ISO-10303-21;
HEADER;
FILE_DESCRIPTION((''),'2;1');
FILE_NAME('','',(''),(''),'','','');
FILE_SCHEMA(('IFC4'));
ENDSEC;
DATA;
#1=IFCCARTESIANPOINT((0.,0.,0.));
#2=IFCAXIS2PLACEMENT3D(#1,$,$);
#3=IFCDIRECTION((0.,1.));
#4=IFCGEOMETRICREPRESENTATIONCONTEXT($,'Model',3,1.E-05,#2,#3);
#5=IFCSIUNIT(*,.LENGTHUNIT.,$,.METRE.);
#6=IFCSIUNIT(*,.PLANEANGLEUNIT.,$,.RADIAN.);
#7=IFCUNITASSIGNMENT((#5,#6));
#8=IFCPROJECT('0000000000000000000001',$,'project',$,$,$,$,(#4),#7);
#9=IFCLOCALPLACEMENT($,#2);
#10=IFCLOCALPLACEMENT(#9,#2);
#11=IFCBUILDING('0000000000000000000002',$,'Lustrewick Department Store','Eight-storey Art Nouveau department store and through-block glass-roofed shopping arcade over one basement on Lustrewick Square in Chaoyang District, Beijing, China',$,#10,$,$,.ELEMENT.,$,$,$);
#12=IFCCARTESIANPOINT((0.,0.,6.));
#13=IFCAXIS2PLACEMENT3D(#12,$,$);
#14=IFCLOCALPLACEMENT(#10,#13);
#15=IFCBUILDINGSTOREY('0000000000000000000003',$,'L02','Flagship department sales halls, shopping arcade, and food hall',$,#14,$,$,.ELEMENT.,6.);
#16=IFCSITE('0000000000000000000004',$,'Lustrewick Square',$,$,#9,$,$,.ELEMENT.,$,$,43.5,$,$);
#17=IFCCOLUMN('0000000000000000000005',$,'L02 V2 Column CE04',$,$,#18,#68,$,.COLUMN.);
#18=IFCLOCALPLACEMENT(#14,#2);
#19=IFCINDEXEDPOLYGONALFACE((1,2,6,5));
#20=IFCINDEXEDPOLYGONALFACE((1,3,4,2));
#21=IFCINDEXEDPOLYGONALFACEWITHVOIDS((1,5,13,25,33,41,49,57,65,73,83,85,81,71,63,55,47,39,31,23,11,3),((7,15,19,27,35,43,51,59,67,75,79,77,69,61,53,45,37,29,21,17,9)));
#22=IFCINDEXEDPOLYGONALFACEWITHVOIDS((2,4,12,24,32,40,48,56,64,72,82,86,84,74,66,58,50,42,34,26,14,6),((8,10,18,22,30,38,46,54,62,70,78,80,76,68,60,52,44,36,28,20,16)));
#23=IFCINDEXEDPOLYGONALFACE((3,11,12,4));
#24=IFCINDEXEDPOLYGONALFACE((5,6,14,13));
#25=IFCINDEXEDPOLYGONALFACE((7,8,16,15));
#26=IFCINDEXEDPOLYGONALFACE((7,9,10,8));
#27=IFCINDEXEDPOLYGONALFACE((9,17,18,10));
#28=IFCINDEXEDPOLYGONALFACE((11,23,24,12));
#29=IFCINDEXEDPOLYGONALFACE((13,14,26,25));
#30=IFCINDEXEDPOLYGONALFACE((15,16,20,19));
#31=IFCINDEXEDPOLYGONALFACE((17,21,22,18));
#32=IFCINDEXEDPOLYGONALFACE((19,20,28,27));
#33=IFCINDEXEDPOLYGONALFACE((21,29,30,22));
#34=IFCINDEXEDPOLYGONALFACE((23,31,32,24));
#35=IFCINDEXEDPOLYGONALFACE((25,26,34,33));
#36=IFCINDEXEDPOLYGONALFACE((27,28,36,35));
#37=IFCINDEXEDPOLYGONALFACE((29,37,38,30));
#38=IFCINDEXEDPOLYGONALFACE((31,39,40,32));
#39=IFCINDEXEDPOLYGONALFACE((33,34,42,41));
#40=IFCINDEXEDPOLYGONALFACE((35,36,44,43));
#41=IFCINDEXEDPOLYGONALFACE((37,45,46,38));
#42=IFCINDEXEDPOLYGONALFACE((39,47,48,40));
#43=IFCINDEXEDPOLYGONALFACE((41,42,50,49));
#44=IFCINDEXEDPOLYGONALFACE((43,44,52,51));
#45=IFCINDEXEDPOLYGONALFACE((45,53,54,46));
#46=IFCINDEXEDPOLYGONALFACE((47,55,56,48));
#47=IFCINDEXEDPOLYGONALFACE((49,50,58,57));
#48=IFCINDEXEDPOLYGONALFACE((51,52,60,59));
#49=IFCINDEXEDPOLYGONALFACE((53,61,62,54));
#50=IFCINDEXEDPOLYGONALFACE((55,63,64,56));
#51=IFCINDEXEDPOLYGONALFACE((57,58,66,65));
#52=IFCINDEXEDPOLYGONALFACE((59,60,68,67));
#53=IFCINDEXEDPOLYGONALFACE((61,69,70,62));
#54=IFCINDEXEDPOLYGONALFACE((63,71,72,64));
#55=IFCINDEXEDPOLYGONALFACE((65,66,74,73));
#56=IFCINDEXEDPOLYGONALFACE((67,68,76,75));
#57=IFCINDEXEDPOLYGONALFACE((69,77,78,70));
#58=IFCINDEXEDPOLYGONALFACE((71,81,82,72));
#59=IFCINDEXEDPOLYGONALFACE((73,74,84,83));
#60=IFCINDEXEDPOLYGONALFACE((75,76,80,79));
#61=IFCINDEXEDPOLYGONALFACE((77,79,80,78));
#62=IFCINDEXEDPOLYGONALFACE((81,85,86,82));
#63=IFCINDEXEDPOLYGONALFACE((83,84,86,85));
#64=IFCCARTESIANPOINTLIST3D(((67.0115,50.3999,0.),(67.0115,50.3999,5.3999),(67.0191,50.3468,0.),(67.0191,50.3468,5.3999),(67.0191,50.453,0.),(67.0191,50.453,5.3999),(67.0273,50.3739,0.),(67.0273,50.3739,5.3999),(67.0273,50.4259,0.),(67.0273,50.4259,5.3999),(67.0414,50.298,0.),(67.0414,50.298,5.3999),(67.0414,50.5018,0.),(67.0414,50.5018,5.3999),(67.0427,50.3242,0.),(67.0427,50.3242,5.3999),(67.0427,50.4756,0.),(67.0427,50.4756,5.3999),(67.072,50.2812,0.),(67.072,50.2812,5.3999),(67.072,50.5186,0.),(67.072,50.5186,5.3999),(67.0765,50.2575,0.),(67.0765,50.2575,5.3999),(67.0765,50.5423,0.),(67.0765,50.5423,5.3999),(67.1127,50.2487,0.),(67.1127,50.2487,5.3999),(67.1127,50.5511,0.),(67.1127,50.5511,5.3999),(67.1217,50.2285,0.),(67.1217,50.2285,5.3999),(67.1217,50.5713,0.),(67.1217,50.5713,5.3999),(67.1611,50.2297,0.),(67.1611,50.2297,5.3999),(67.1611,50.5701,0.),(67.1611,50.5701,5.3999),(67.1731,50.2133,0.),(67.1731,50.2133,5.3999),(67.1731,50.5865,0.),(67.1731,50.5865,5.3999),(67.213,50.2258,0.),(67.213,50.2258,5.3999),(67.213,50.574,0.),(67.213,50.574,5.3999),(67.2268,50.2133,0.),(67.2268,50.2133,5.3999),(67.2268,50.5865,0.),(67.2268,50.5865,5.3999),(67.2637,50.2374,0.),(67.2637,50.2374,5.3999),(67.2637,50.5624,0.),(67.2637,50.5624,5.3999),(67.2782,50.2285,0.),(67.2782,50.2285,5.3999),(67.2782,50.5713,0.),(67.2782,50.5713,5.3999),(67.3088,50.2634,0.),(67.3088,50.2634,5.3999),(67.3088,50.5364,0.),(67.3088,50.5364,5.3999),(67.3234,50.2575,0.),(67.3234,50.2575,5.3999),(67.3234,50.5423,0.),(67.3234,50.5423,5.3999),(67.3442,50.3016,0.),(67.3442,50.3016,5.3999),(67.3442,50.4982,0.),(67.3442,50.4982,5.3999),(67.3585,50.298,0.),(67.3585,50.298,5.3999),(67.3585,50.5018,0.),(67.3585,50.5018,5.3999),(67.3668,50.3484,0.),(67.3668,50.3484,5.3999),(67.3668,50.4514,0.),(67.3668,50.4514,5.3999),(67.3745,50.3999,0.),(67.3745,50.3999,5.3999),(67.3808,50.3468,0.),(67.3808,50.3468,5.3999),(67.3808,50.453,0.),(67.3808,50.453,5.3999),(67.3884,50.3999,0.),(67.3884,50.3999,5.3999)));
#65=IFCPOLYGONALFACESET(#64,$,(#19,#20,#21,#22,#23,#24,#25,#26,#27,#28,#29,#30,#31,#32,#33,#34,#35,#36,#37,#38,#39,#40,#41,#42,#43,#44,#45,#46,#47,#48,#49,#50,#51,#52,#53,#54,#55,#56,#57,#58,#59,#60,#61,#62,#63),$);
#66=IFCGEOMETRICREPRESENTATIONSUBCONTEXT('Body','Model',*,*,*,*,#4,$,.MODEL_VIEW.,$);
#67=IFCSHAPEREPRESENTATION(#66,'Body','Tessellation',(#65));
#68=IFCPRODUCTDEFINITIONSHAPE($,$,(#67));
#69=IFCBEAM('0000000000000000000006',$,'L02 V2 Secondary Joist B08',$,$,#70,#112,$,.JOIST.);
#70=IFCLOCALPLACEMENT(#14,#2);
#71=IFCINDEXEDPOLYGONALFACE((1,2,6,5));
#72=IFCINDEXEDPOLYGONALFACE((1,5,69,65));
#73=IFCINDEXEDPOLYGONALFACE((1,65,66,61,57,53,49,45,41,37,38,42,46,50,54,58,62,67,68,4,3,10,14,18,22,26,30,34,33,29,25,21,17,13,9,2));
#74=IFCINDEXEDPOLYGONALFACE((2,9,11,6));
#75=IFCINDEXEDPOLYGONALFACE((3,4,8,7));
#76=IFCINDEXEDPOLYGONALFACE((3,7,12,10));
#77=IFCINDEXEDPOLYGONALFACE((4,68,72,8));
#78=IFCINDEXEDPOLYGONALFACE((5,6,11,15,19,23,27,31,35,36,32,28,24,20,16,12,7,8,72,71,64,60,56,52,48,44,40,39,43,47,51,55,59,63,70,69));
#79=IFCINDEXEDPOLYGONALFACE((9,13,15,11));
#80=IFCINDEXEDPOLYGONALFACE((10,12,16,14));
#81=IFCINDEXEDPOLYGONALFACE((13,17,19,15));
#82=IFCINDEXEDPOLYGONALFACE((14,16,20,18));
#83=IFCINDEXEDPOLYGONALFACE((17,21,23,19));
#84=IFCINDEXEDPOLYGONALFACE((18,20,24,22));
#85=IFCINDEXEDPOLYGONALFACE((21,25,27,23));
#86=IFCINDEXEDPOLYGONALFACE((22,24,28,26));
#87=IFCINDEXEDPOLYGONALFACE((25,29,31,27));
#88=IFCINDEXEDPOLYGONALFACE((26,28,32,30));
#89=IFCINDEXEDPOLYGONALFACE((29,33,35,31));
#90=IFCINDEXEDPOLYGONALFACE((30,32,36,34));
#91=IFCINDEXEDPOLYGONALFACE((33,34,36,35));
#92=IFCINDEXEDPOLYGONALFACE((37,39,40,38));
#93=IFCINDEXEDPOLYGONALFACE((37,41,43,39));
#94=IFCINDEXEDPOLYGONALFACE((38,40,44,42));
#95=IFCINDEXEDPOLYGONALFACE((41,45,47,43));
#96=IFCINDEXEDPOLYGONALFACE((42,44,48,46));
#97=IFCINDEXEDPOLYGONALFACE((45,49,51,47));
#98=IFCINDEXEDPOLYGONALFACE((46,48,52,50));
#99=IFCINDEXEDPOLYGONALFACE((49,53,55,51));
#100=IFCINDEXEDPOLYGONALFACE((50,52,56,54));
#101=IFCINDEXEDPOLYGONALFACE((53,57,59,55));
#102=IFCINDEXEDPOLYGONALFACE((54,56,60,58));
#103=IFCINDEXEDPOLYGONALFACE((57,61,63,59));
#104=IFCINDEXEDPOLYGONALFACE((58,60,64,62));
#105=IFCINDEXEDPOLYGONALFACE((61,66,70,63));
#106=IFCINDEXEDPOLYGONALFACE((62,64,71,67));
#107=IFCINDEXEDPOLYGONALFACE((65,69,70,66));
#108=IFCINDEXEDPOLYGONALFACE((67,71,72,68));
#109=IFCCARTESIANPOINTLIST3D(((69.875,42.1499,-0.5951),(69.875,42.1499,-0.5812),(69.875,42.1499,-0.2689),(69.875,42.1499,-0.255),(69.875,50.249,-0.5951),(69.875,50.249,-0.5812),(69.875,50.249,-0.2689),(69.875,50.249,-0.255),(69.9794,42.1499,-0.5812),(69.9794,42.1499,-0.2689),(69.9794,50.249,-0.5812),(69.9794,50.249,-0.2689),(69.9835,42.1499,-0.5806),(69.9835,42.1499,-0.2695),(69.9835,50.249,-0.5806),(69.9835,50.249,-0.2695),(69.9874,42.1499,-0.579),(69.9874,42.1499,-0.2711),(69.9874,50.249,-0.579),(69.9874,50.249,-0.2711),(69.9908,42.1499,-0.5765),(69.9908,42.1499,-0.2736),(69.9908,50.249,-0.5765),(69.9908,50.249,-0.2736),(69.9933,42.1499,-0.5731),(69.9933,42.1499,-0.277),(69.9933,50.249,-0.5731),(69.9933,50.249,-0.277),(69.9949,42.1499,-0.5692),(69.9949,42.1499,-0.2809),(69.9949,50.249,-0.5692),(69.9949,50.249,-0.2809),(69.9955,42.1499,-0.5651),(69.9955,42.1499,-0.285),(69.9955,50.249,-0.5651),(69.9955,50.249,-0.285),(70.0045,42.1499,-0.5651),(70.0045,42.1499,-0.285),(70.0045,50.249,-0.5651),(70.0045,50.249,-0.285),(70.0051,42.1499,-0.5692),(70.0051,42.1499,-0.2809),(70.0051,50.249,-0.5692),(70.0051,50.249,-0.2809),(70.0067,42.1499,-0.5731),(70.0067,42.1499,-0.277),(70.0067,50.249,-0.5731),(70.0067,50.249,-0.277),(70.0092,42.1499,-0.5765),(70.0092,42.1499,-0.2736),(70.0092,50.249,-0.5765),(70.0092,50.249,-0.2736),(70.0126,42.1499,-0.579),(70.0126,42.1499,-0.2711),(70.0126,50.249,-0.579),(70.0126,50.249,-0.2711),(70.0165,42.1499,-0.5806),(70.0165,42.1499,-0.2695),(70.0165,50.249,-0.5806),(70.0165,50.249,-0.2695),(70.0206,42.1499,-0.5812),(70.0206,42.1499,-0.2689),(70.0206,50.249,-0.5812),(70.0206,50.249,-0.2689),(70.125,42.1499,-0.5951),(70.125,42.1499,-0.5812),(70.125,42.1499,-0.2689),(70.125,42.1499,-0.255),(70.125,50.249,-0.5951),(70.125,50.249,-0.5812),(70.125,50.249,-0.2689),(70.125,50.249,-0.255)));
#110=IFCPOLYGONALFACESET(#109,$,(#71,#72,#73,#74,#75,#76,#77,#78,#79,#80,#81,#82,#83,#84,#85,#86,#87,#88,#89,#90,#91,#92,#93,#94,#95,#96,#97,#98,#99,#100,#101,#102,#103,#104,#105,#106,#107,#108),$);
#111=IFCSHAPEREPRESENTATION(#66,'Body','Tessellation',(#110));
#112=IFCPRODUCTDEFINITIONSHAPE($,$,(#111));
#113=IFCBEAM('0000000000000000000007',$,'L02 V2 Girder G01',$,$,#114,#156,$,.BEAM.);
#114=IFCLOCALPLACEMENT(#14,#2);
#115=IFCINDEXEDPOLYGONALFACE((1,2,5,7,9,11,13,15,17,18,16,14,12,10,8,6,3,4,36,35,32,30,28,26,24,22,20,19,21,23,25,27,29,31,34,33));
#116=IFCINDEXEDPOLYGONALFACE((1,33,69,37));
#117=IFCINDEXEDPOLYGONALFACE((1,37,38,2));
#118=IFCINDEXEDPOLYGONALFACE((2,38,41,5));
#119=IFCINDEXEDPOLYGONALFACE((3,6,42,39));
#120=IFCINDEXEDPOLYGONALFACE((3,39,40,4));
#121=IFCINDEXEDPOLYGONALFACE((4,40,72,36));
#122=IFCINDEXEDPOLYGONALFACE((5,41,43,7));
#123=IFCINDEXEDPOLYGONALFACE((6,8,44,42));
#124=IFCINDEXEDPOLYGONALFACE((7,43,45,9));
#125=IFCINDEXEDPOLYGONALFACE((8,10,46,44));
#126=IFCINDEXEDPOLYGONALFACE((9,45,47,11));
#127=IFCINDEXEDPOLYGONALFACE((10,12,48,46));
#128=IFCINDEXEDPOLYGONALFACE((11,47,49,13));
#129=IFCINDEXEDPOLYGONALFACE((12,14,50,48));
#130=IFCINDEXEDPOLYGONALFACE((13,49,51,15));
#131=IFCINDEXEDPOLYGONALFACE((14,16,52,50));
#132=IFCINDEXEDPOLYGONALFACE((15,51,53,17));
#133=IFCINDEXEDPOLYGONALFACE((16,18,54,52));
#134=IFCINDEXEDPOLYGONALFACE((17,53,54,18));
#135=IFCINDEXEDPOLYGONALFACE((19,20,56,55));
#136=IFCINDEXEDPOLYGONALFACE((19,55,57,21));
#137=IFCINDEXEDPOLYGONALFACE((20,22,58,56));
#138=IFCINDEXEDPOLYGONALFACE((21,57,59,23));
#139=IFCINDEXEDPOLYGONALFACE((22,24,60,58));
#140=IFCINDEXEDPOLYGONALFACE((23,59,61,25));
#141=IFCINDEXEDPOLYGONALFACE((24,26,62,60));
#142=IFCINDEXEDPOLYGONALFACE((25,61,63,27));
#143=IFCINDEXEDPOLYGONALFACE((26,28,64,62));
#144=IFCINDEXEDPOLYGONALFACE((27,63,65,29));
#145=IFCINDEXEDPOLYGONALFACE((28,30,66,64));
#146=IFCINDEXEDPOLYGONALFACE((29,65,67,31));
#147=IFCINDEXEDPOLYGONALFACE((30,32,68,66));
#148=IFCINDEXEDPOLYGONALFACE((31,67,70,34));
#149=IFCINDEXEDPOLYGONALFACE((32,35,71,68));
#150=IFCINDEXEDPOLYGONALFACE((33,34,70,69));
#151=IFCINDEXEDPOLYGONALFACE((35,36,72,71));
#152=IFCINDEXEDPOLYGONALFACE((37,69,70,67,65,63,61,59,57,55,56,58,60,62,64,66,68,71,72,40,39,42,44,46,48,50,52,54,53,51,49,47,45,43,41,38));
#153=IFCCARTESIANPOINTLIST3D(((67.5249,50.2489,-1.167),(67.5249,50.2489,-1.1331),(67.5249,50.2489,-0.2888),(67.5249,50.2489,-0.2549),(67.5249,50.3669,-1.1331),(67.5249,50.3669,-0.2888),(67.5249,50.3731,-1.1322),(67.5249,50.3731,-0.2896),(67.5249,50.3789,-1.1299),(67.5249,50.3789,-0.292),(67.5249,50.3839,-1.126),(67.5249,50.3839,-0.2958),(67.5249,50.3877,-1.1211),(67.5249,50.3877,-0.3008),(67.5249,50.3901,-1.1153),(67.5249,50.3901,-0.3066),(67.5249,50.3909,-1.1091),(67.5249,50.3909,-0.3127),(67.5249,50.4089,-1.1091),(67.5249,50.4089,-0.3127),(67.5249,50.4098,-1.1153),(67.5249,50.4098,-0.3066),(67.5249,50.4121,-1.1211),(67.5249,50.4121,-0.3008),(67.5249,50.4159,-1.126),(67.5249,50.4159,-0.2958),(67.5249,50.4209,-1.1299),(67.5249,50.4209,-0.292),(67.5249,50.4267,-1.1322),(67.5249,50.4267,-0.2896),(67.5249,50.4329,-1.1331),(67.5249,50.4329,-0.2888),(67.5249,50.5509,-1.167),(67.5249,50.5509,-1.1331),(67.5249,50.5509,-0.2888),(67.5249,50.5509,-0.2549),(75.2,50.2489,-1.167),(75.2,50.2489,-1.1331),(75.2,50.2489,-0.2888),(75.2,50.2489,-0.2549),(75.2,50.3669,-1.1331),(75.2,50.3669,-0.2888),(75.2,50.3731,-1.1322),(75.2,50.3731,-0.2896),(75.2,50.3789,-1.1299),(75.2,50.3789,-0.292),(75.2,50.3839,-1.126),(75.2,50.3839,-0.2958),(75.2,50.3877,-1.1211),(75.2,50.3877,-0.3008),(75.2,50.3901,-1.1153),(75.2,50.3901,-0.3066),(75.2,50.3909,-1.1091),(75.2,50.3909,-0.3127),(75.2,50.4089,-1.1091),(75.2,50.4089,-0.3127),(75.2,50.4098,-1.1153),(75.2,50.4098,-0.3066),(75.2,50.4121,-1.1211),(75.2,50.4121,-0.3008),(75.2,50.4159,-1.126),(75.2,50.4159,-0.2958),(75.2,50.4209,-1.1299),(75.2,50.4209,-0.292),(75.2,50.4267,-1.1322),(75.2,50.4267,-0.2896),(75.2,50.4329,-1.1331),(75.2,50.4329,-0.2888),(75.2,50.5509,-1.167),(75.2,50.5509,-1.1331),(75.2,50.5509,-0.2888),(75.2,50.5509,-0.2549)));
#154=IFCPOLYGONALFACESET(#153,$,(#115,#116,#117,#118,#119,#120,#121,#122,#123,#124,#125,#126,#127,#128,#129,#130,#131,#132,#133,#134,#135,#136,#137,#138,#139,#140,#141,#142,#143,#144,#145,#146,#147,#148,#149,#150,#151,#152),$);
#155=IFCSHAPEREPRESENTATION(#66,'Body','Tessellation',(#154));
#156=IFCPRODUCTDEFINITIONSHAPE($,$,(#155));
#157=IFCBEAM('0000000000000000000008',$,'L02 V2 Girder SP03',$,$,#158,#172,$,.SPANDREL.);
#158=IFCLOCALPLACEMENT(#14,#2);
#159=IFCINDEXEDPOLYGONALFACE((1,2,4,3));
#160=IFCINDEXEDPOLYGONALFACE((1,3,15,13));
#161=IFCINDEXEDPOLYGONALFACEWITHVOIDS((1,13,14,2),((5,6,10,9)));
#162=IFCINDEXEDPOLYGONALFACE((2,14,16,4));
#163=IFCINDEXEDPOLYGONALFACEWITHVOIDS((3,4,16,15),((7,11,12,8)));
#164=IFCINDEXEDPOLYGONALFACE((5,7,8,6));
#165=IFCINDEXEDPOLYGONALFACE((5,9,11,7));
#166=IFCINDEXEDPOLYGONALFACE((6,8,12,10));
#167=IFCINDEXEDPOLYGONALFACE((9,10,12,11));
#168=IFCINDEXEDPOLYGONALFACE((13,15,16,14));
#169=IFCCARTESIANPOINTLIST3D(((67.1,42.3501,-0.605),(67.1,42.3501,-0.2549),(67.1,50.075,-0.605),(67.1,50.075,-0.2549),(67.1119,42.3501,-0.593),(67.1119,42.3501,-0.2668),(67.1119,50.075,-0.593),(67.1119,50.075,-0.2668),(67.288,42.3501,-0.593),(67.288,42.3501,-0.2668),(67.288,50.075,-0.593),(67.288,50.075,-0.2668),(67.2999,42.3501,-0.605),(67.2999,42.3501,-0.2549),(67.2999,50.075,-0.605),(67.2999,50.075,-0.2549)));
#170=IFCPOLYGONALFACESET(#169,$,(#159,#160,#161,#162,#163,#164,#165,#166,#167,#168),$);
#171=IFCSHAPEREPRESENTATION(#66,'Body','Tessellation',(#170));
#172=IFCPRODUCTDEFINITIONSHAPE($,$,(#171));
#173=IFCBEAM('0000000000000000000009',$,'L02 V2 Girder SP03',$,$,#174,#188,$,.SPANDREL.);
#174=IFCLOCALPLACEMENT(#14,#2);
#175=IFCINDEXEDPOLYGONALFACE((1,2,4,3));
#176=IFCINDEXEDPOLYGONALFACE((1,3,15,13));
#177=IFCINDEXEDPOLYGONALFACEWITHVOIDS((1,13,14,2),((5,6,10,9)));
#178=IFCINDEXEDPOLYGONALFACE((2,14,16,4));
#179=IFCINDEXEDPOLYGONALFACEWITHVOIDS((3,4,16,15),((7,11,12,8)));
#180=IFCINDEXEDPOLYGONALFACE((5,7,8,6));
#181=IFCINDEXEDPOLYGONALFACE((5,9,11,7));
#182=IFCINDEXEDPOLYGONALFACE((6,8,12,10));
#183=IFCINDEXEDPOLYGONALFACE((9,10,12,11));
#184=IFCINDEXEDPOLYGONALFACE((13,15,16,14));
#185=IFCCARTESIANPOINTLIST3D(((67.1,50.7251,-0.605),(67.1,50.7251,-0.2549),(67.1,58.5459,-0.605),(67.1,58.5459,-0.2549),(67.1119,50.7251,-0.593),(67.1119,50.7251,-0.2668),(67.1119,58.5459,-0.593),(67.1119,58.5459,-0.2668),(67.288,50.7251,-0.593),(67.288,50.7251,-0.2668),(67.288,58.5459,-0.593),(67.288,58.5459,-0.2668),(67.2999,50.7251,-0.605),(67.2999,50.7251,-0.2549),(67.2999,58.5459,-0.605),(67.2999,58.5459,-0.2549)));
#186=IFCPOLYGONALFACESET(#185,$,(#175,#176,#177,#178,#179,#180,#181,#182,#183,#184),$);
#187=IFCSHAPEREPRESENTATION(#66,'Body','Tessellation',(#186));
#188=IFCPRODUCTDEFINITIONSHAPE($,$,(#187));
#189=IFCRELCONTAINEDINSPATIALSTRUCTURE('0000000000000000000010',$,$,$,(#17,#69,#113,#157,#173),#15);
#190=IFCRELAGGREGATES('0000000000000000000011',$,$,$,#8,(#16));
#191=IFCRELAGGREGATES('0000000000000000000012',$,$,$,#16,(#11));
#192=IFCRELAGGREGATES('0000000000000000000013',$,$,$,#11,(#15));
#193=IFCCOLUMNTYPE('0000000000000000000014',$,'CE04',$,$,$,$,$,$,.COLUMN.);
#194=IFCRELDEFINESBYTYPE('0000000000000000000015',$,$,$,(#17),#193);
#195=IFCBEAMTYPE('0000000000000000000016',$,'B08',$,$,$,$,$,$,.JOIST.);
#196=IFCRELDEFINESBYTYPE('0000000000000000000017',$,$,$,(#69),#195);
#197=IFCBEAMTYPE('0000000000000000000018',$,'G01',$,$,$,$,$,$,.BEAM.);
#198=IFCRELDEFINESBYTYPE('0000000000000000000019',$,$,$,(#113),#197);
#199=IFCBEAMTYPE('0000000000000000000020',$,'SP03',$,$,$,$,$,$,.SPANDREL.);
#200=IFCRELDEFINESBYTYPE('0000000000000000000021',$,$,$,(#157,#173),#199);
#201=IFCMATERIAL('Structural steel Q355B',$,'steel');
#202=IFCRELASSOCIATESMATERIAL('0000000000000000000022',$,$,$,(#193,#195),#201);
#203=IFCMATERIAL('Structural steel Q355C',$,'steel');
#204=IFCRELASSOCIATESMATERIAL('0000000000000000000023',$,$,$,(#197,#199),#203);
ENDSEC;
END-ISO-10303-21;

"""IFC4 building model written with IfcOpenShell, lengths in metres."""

from ifc_helpers import new_model, si_unit, direction, frame, origin, origin_2d, place, context, subcontext, project, spatial, hollow_rectangle, hollow_circle, i_section, extrude, material, material_profile, profile_set, type_object, element, save


model = new_model("IFC4")

# Units and contexts
model_context = context("Model", 3, precision=1e-05, world=origin(), true_north=direction((0.0, 1.0)))
body_context = subcontext(model_context, "Body", "Model", "MODEL_VIEW")
ifc_project = project(units=[si_unit("LENGTHUNIT", "METRE"), si_unit("PLANEANGLEUNIT", "RADIAN")], contexts=[model_context])

# Site, building, storey
site_placement = place(None, origin())
site = spatial("IfcSite", under=ifc_project, at=site_placement, Name="Lustrewick Square", CompositionType="ELEMENT", RefElevation=43.5)
building_placement = place(site_placement, origin())
building = spatial("IfcBuilding", under=site, at=building_placement, Name="Lustrewick Department Store", Description="Eight-storey Art Nouveau department store and through-block glass-roofed shopping arcade over one basement on Lustrewick Square in Chaoyang District, Beijing, China", CompositionType="ELEMENT")
storey_placement = place(building_placement, frame((0.0, 0.0, 6.0)))
storey = spatial("IfcBuildingStorey", under=building, at=storey_placement, Name="L02", Description="Flagship department sales halls, shopping arcade, and food hall", CompositionType="ELEMENT", Elevation=6.0)

# Column
ifc_material_1 = material(Name="Structural steel Q355B", Category="steel")
ifc_material_profile_1 = material_profile(ifc_material_1, hollow_circle(Radius=0.1885, WallThickness=0.0139, at=origin_2d()), Name="CHS 377x14")
ifc_profile_set_1 = profile_set([ifc_material_profile_1], Name="Structural steel Q355B")
column_type = type_object("IfcColumnType", Name="CE04", PredefinedType="COLUMN", material=ifc_profile_set_1)
column_placement = place(storey_placement, frame((67.2, 50.3999, 0.0), z_axis=(0.0, 0.0, 1.0), x_axis=(1.0, 0.0, 0.0)))
element("IfcColumn", 1, at=column_placement, inside=storey, type_object=column_type, Name="L02 V2 Column CE04", PredefinedType="COLUMN", context=body_context, shape_type="SweptSolid", body=[
    extrude(hollow_circle(Radius=0.1885, WallThickness=0.0139, at=origin_2d()), origin(), (0.0, 0.0, 1.0), 5.3999),
])

# Beams
ifc_material_profile_2 = material_profile(ifc_material_1, i_section(OverallWidth=0.25, OverallDepth=0.3401, WebThickness=0.009, FlangeThickness=0.0139, FilletRadius=0.0161, at=origin_2d()), Name="HM 340x250x9x14")
ifc_profile_set_2 = profile_set([ifc_material_profile_2], Name="Structural steel Q355B")
beam_type_1 = type_object("IfcBeamType", Name="B08", PredefinedType="JOIST", material=ifc_profile_set_2)
beam_1_placement = place(storey_placement, frame((70.0, 42.1499, -0.425), z_axis=(0.0, 1.0, 0.0), x_axis=(-1.0, 0.0, 0.0)))
element("IfcBeam", 2, at=beam_1_placement, inside=storey, type_object=beam_type_1, Name="L02 V2 Secondary Joist B08", PredefinedType="JOIST", context=body_context, shape_type="SweptSolid", body=[
    extrude(i_section(OverallWidth=0.25, OverallDepth=0.3401, WebThickness=0.009, FlangeThickness=0.0139, FilletRadius=0.0161, at=origin_2d()), origin(), (0.0, 0.0, 1.0), 8.0991),
])
ifc_material_2 = material(Name="Structural steel Q355C", Category="steel")
ifc_material_profile_3 = material_profile(ifc_material_2, i_section(OverallWidth=0.302, OverallDepth=0.9121, WebThickness=0.0181, FlangeThickness=0.0339, FilletRadius=0.0239, at=origin_2d()), Name="HN 912x302x18x34")
ifc_profile_set_3 = profile_set([ifc_material_profile_3], Name="Structural steel Q355C")
beam_type_2 = type_object("IfcBeamType", Name="G01", PredefinedType="BEAM", material=ifc_profile_set_3)
beam_2_placement = place(storey_placement, frame((67.5249, 50.3999, -0.7109), z_axis=(1.0, 0.0, 0.0), x_axis=(0.0, 1.0, 0.0)))
element("IfcBeam", 3, at=beam_2_placement, inside=storey, type_object=beam_type_2, Name="L02 V2 Girder G01", PredefinedType="BEAM", context=body_context, shape_type="SweptSolid", body=[
    extrude(i_section(OverallWidth=0.302, OverallDepth=0.9121, WebThickness=0.0181, FlangeThickness=0.0339, FilletRadius=0.0239, at=origin_2d()), origin(), (0.0, 0.0, 1.0), 7.675),
])
ifc_material_profile_4 = material_profile(ifc_material_2, hollow_rectangle(XDim=0.2, YDim=0.3501, WallThickness=0.012, at=origin_2d()), Name="RHS 350x200x12")
ifc_profile_set_4 = profile_set([ifc_material_profile_4], Name="Structural steel Q355C")
beam_type_3 = type_object("IfcBeamType", Name="SP03", PredefinedType="SPANDREL", material=ifc_profile_set_4)
beam_3_placement = place(storey_placement, frame((67.2, 42.3501, -0.4299), z_axis=(0.0, 1.0, 0.0), x_axis=(-1.0, 0.0, 0.0)))
element("IfcBeam", 4, at=beam_3_placement, inside=storey, type_object=beam_type_3, Name="L02 V2 Girder SP03", PredefinedType="SPANDREL", context=body_context, shape_type="SweptSolid", body=[
    extrude(hollow_rectangle(XDim=0.2, YDim=0.3501, WallThickness=0.012, at=origin_2d()), origin(), (0.0, 0.0, 1.0), 7.7249),
])
beam_4_placement = place(storey_placement, frame((67.2, 50.7251, -0.4299), z_axis=(0.0, 1.0, 0.0), x_axis=(-1.0, 0.0, 0.0)))
element("IfcBeam", 5, at=beam_4_placement, inside=storey, type_object=beam_type_3, Name="L02 V2 Girder SP03", PredefinedType="SPANDREL", context=body_context, shape_type="SweptSolid", body=[
    extrude(hollow_rectangle(XDim=0.2, YDim=0.3501, WallThickness=0.012, at=origin_2d()), origin(), (0.0, 0.0, 1.0), 7.8208),
])

save(model, "model.ifc")
